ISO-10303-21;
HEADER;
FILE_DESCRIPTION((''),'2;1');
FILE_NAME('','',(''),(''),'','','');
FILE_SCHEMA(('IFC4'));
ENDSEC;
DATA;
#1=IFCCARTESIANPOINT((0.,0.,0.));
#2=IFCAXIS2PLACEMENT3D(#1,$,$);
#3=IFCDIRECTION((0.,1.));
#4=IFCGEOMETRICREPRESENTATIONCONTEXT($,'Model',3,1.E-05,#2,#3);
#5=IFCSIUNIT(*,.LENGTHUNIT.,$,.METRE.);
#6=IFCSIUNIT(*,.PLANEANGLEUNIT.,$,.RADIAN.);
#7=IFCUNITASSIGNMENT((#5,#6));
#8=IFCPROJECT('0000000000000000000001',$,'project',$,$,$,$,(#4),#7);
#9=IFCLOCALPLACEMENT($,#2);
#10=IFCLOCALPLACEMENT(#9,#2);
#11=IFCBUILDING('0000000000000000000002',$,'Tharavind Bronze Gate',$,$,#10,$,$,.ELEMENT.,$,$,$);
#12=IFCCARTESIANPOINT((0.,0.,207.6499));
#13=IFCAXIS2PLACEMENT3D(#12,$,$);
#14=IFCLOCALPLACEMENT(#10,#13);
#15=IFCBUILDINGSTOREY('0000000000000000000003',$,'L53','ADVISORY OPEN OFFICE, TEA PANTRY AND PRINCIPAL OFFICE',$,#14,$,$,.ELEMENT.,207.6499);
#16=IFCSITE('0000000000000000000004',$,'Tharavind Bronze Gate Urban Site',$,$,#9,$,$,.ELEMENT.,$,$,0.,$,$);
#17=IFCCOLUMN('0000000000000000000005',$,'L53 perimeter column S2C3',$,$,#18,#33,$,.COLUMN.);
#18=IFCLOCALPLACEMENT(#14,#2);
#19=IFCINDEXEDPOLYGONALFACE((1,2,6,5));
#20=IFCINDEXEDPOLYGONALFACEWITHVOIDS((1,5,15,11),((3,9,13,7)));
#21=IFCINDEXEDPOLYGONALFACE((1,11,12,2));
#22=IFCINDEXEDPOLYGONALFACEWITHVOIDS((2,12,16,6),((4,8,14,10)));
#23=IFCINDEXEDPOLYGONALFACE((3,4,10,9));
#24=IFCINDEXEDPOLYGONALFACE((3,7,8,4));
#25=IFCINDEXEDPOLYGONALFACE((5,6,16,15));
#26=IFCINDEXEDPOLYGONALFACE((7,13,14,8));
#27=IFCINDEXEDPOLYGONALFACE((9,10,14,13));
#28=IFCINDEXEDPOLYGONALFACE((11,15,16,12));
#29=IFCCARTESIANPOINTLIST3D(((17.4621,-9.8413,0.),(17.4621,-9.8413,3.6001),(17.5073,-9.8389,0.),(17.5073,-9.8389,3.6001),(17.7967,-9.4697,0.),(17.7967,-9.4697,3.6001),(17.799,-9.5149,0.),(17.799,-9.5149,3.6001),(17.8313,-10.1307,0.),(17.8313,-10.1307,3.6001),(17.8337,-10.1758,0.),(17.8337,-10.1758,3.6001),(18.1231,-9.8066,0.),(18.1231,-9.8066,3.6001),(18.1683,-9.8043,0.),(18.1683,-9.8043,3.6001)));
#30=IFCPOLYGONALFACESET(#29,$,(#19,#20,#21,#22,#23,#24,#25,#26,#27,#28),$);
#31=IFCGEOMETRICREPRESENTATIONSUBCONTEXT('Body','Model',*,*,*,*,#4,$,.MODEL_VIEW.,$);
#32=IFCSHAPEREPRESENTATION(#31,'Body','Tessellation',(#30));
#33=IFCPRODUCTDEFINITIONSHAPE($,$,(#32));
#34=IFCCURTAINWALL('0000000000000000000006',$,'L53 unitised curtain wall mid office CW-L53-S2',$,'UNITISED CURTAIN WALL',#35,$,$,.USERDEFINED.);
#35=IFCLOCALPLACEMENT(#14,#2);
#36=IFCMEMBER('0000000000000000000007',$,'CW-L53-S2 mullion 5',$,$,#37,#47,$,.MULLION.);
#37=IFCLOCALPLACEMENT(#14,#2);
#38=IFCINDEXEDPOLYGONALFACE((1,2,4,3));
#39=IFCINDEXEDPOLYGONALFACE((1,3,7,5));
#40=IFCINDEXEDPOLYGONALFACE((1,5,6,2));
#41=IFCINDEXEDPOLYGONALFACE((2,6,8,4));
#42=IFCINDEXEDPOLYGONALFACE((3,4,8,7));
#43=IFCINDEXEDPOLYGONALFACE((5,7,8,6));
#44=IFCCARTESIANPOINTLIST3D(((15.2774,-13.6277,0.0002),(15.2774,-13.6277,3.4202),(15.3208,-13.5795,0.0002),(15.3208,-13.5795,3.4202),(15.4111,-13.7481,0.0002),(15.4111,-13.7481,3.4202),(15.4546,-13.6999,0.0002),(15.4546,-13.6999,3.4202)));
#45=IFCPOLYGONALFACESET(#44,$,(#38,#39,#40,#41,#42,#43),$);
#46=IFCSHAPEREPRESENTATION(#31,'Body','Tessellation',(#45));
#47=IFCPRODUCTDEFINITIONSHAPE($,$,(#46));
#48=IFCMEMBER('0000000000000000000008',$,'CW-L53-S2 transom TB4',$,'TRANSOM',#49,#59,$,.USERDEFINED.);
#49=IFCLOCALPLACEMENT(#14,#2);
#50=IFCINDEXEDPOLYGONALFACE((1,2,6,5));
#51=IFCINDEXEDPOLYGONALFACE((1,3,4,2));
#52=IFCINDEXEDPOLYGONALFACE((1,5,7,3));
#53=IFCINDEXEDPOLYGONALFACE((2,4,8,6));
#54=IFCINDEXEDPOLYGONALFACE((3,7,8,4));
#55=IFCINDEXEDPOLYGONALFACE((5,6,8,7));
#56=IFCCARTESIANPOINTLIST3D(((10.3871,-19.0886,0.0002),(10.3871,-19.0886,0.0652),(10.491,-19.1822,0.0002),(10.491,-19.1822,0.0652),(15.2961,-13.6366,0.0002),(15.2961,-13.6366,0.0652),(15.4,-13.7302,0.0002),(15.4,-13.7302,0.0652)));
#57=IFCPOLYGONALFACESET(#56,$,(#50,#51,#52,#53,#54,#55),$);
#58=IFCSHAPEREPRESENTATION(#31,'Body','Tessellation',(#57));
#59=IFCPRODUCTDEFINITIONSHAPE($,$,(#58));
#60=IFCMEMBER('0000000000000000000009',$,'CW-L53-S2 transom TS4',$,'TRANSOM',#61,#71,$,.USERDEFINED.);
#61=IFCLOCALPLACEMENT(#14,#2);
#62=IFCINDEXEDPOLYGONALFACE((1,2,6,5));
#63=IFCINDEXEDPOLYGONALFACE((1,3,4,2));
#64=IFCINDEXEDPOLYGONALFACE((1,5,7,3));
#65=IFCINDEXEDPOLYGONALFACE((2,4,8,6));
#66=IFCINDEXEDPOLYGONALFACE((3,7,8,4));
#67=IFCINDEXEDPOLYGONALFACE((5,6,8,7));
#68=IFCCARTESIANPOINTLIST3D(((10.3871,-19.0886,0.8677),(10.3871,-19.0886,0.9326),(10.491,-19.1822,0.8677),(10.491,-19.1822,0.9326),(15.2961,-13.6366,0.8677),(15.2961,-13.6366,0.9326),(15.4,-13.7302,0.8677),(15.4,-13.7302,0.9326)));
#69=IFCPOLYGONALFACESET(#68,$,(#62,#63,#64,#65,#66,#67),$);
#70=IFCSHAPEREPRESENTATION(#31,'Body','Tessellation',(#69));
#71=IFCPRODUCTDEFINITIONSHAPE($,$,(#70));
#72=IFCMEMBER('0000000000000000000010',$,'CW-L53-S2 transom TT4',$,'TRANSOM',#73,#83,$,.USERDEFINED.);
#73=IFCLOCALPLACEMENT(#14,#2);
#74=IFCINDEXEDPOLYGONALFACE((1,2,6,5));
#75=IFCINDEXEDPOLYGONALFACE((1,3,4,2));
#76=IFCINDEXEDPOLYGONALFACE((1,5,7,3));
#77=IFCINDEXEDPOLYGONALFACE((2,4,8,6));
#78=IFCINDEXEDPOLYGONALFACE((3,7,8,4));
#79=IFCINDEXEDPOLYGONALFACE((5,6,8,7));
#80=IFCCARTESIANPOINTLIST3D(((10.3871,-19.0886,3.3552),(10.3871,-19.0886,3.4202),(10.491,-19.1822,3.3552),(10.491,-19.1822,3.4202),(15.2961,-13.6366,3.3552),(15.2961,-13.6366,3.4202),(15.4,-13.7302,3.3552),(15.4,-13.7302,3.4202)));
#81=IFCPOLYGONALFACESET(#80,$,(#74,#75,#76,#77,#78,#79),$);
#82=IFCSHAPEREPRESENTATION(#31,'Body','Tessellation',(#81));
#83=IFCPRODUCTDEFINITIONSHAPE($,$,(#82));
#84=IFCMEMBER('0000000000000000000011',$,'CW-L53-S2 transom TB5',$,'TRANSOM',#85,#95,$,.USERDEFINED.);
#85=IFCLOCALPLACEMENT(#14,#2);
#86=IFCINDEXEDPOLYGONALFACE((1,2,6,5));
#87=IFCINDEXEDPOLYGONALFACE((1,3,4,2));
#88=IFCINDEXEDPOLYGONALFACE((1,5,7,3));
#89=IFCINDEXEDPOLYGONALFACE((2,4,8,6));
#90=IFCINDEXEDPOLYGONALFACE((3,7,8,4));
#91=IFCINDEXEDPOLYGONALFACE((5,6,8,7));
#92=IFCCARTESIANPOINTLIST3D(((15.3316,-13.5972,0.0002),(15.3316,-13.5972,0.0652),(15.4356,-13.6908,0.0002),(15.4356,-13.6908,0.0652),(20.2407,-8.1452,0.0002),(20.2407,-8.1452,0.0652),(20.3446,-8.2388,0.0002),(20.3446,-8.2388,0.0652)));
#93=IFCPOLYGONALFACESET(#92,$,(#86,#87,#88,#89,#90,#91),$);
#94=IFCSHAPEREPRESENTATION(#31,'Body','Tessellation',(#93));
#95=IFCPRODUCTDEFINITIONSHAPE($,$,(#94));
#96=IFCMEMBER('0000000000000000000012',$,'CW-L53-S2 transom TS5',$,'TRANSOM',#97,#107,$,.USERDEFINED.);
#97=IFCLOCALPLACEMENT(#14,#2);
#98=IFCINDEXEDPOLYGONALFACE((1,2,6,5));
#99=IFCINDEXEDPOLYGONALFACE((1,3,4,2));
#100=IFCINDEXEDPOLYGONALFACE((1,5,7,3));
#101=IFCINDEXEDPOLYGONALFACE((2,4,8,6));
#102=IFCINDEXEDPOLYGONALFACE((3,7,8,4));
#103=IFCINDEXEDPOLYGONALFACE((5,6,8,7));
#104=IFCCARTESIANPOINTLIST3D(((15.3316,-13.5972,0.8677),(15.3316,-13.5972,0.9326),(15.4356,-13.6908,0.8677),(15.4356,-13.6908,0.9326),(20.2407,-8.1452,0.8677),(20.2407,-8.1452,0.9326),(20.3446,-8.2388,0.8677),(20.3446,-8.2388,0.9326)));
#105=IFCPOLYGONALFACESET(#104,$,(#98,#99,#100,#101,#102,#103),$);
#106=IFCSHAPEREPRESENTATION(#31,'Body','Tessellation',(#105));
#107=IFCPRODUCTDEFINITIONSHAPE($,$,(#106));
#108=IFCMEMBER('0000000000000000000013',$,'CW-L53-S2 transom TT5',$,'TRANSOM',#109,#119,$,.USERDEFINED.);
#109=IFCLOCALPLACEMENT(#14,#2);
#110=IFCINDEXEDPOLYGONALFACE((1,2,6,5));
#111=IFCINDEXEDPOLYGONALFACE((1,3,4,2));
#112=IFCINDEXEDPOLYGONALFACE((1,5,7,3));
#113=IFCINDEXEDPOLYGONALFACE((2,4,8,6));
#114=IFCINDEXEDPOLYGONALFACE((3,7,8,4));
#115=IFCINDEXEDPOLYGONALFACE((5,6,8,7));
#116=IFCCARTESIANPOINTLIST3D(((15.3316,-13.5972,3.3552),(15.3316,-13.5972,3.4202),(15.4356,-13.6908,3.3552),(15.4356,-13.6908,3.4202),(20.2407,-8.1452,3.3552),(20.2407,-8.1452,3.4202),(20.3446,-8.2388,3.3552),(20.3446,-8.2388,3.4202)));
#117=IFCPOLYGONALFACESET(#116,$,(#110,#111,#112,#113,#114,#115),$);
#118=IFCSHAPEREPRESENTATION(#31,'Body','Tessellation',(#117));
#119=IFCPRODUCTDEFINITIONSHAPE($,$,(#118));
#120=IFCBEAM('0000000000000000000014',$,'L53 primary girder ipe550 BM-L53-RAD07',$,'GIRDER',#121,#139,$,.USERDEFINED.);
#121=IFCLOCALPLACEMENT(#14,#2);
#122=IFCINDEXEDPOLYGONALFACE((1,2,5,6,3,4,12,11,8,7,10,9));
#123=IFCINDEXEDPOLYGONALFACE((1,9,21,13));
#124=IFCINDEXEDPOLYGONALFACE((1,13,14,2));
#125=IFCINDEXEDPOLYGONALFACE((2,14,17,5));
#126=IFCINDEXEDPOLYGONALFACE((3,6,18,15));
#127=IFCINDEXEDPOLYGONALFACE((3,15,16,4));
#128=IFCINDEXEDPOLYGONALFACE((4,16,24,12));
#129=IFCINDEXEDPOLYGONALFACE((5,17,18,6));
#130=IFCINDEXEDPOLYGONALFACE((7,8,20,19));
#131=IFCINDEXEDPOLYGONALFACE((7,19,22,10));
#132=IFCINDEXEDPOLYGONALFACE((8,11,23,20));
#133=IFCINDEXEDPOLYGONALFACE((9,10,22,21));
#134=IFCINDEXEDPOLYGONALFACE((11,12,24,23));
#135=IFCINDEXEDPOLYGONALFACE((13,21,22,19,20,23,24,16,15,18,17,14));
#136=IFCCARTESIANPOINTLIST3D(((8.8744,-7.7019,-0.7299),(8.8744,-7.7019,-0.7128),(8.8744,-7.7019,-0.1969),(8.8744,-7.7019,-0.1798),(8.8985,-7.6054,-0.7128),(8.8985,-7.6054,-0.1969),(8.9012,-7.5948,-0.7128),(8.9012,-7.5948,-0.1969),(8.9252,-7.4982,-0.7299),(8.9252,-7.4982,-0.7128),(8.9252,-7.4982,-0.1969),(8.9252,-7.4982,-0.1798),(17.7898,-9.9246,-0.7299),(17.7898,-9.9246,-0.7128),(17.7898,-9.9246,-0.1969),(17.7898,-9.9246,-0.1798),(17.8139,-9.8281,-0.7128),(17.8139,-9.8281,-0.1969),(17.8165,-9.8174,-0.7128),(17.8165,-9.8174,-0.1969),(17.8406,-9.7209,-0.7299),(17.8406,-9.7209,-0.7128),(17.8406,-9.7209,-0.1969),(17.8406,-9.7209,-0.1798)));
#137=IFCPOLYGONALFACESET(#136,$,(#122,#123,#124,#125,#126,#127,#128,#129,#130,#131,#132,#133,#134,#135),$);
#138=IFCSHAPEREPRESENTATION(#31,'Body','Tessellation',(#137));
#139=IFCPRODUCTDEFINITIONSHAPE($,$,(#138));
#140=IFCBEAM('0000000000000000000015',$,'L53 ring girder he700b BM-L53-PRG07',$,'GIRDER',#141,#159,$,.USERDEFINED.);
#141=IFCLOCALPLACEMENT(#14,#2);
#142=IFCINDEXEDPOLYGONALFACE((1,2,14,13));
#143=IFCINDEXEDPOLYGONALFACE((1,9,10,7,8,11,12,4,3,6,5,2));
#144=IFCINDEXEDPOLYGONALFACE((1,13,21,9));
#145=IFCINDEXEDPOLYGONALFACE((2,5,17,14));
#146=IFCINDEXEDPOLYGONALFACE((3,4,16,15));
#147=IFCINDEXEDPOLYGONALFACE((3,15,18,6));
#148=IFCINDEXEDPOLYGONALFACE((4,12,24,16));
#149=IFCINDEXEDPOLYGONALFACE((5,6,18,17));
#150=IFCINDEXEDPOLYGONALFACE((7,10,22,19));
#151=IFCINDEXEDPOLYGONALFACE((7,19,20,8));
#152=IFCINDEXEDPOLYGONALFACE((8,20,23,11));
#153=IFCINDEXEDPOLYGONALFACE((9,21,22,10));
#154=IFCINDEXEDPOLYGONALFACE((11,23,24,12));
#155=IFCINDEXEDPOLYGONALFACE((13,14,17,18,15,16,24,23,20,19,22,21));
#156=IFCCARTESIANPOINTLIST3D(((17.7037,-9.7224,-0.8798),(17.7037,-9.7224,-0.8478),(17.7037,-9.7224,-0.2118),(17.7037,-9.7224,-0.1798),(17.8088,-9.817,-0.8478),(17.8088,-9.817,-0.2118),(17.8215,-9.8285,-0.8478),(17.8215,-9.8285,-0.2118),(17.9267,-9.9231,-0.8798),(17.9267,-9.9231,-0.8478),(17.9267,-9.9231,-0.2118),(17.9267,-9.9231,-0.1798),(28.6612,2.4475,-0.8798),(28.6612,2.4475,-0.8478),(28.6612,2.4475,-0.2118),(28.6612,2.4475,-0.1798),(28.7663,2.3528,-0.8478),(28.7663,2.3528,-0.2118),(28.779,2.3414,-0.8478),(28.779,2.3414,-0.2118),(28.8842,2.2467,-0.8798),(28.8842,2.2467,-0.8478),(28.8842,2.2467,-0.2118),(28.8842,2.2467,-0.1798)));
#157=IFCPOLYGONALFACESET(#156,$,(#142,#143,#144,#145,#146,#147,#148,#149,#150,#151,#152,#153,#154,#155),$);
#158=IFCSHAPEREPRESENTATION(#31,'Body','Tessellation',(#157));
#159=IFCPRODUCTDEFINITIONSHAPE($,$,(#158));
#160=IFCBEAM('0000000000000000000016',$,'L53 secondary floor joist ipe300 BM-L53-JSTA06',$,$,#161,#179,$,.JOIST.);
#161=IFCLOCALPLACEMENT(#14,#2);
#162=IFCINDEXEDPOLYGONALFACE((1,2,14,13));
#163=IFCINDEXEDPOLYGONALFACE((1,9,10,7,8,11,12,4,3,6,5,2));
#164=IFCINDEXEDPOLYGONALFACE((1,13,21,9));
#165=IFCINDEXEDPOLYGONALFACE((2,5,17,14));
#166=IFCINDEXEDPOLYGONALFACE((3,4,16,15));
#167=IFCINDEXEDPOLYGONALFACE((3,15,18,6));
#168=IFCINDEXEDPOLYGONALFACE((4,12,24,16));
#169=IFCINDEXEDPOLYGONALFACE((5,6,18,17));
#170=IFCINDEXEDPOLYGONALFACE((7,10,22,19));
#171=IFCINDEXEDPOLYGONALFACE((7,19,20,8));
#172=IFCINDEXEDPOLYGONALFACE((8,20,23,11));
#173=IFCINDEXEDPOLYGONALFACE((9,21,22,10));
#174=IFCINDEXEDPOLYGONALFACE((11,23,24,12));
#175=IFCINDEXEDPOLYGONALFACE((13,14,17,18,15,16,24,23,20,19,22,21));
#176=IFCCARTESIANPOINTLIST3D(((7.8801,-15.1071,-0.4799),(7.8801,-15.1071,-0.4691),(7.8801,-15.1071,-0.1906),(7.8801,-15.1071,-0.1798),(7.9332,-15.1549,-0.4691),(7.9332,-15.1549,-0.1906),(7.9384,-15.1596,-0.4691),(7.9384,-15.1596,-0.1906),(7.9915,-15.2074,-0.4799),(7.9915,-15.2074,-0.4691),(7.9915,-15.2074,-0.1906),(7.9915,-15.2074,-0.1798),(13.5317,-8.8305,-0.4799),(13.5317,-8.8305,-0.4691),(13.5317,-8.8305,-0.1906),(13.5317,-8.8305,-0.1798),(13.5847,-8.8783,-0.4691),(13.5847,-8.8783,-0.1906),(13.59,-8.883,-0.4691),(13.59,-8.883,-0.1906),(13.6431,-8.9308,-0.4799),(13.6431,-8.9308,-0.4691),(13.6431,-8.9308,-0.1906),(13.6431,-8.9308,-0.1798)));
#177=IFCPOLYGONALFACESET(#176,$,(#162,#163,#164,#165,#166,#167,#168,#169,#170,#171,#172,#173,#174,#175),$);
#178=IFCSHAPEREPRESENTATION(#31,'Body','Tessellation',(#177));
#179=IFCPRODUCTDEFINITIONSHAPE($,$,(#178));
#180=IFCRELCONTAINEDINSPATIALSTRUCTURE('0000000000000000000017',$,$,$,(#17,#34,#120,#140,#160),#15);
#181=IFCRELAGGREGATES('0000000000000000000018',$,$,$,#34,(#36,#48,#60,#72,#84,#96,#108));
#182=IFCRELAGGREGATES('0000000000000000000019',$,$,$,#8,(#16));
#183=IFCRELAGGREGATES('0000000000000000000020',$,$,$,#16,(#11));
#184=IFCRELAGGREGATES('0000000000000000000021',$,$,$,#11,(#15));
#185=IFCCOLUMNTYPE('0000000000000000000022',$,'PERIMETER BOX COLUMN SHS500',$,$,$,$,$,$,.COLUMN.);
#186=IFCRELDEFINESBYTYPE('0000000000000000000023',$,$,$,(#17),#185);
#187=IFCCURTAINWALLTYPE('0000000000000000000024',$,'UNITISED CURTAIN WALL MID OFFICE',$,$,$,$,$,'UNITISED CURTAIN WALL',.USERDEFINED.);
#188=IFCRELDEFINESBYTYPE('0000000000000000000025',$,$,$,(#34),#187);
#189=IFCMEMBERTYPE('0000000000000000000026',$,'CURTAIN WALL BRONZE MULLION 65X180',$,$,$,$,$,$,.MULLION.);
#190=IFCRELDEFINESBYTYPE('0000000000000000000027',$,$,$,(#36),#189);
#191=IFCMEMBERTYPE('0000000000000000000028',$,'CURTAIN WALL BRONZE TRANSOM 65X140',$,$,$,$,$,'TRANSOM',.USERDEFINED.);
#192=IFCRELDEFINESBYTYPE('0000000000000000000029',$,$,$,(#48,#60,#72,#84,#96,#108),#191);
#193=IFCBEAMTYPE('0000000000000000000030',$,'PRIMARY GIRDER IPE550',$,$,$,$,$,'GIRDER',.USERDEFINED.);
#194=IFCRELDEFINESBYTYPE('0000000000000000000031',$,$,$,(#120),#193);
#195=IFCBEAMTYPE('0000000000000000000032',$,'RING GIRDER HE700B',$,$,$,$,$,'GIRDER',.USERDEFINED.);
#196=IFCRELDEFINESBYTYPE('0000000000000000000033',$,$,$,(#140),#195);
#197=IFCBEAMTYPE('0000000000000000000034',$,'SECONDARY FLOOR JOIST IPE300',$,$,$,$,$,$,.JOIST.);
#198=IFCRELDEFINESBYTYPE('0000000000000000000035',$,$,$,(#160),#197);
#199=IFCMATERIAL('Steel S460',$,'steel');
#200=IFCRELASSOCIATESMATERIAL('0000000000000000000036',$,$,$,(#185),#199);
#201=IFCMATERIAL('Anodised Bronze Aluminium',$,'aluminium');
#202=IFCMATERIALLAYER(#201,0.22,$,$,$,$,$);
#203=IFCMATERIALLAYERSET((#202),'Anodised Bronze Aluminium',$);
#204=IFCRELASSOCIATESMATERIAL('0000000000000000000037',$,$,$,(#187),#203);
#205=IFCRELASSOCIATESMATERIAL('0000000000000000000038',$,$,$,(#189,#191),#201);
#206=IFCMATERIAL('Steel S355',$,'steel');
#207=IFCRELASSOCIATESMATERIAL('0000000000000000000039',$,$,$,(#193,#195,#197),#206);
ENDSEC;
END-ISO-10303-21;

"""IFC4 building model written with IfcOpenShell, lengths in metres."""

from ifc_helpers import new_model, si_unit, direction, frame, origin, origin_2d, place, context, subcontext, project, spatial, rectangle, hollow_rectangle, i_section, extrude, material, layer, layer_set, material_profile, profile_set, type_object, element, aggregate, save


model = new_model("IFC4")

# Units and contexts
model_context = context("Model", 3, precision=1e-05, world=origin(), true_north=direction((0.0, 1.0)))
body_context = subcontext(model_context, "Body", "Model", "MODEL_VIEW")
ifc_project = project(units=[si_unit("LENGTHUNIT", "METRE"), si_unit("PLANEANGLEUNIT", "RADIAN")], contexts=[model_context])

# Site, building, storey
site_placement = place(None, origin())
site = spatial("IfcSite", under=ifc_project, at=site_placement, Name="Tharavind Bronze Gate Urban Site", CompositionType="ELEMENT", RefElevation=0.0)
building_placement = place(site_placement, origin())
building = spatial("IfcBuilding", under=site, at=building_placement, Name="Tharavind Bronze Gate", CompositionType="ELEMENT")
storey_placement = place(building_placement, frame((0.0, 0.0, 207.6499)))
storey = spatial("IfcBuildingStorey", under=building, at=storey_placement, Name="L53", Description="ADVISORY OPEN OFFICE, TEA PANTRY AND PRINCIPAL OFFICE", CompositionType="ELEMENT", Elevation=207.6499)

# Column
ifc_material_1 = material(Name="Steel S460", Category="steel")
ifc_material_profile_1 = material_profile(ifc_material_1, hollow_rectangle(XDim=0.5, YDim=0.5, WallThickness=0.032, at=origin_2d()), Name="SHS500X32")
ifc_profile_set_1 = profile_set([ifc_material_profile_1], Name="Steel S460")
column_type = type_object("IfcColumnType", Name="PERIMETER BOX COLUMN SHS500", PredefinedType="COLUMN", material=ifc_profile_set_1)
column_placement = place(storey_placement, frame((17.8152, -9.8228, 0.0), z_axis=(0.0, 0.0, 1.0), x_axis=(0.669131, 0.743145, 0.0)))
element("IfcColumn", 1, at=column_placement, inside=storey, type_object=column_type, Name="L53 perimeter column S2C3", PredefinedType="COLUMN", context=body_context, shape_type="SweptSolid", body=[
    extrude(hollow_rectangle(XDim=0.5, YDim=0.5, WallThickness=0.032, at=origin_2d()), origin(), (0.0, 0.0, 1.0), 3.6001),
])

# Curtain wall, members
ifc_material_2 = material(Name="Anodised Bronze Aluminium", Category="aluminium")
ifc_layer_1 = layer(ifc_material_2, 0.22)
ifc_layer_set_1 = layer_set([ifc_layer_1], Name="Anodised Bronze Aluminium")
curtain_wall_type = type_object("IfcCurtainWallType", Name="UNITISED CURTAIN WALL MID OFFICE", ElementType="UNITISED CURTAIN WALL", PredefinedType="USERDEFINED", material=ifc_layer_set_1)
curtain_wall_placement = place(storey_placement, origin())
curtain_wall = element("IfcCurtainWall", 2, at=curtain_wall_placement, inside=storey, type_object=curtain_wall_type, Name="L53 unitised curtain wall mid office CW-L53-S2", ObjectType="UNITISED CURTAIN WALL", PredefinedType="USERDEFINED")
member_type_1 = type_object("IfcMemberType", Name="CURTAIN WALL BRONZE MULLION 65X180", PredefinedType="MULLION", material=ifc_material_2)
member_1_placement = place(storey_placement, frame((15.366, -13.6638, 0.0002), z_axis=(0.0, 0.0, 1.0), x_axis=(0.669131, 0.743145, 0.0)))
member_1 = element("IfcMember", 3, at=member_1_placement, type_object=member_type_1, Name="CW-L53-S2 mullion 5", PredefinedType="MULLION", context=body_context, shape_type="SweptSolid", body=[
    extrude(rectangle(XDim=0.0649, YDim=0.1799, at=origin_2d()), origin(), (0.0, 0.0, 1.0), 3.4199),
])
member_type_2 = type_object("IfcMemberType", Name="CURTAIN WALL BRONZE TRANSOM 65X140", ElementType="TRANSOM", PredefinedType="USERDEFINED", material=ifc_material_2)
member_2_placement = place(storey_placement, frame((12.8936, -16.4094, 0.0002), z_axis=(0.0, 0.0, 1.0), x_axis=(0.669131, 0.743145, 0.0)))
member_2 = element("IfcMember", 4, at=member_2_placement, type_object=member_type_2, Name="CW-L53-S2 transom TB4", ObjectType="TRANSOM", PredefinedType="USERDEFINED", context=body_context, shape_type="SweptSolid", body=[
    extrude(rectangle(XDim=7.3364, YDim=0.1399, at=origin_2d()), origin(), (0.0, 0.0, 1.0), 0.0649),
])
member_3_placement = place(storey_placement, frame((12.8936, -16.4094, 0.8677), z_axis=(0.0, 0.0, 1.0), x_axis=(0.669131, 0.743145, 0.0)))
member_3 = element("IfcMember", 5, at=member_3_placement, type_object=member_type_2, Name="CW-L53-S2 transom TS4", ObjectType="TRANSOM", PredefinedType="USERDEFINED", context=body_context, shape_type="SweptSolid", body=[
    extrude(rectangle(XDim=7.3364, YDim=0.1399, at=origin_2d()), origin(), (0.0, 0.0, 1.0), 0.0649),
])
member_4_placement = place(storey_placement, frame((12.8936, -16.4094, 3.3552), z_axis=(0.0, 0.0, 1.0), x_axis=(0.669131, 0.743145, 0.0)))
member_4 = element("IfcMember", 6, at=member_4_placement, type_object=member_type_2, Name="CW-L53-S2 transom TT4", ObjectType="TRANSOM", PredefinedType="USERDEFINED", context=body_context, shape_type="SweptSolid", body=[
    extrude(rectangle(XDim=7.3364, YDim=0.1399, at=origin_2d()), origin(), (0.0, 0.0, 1.0), 0.0649),
])
member_5_placement = place(storey_placement, frame((17.8381, -10.918, 0.0002), z_axis=(0.0, 0.0, 1.0), x_axis=(0.669131, 0.743145, 0.0)))
member_5 = element("IfcMember", 7, at=member_5_placement, type_object=member_type_2, Name="CW-L53-S2 transom TB5", ObjectType="TRANSOM", PredefinedType="USERDEFINED", context=body_context, shape_type="SweptSolid", body=[
    extrude(rectangle(XDim=7.3364, YDim=0.1399, at=origin_2d()), origin(), (0.0, 0.0, 1.0), 0.0649),
])
member_6_placement = place(storey_placement, frame((17.8381, -10.918, 0.8677), z_axis=(0.0, 0.0, 1.0), x_axis=(0.669131, 0.743145, 0.0)))
member_6 = element("IfcMember", 8, at=member_6_placement, type_object=member_type_2, Name="CW-L53-S2 transom TS5", ObjectType="TRANSOM", PredefinedType="USERDEFINED", context=body_context, shape_type="SweptSolid", body=[
    extrude(rectangle(XDim=7.3364, YDim=0.1399, at=origin_2d()), origin(), (0.0, 0.0, 1.0), 0.0649),
])
member_7_placement = place(storey_placement, frame((17.8381, -10.918, 3.3552), z_axis=(0.0, 0.0, 1.0), x_axis=(0.669131, 0.743145, 0.0)))
member_7 = element("IfcMember", 9, at=member_7_placement, type_object=member_type_2, Name="CW-L53-S2 transom TT5", ObjectType="TRANSOM", PredefinedType="USERDEFINED", context=body_context, shape_type="SweptSolid", body=[
    extrude(rectangle(XDim=7.3364, YDim=0.1399, at=origin_2d()), origin(), (0.0, 0.0, 1.0), 0.0649),
])

# Beams
ifc_material_3 = material(Name="Steel S355", Category="steel")
ifc_material_profile_2 = material_profile(ifc_material_3, i_section(OverallWidth=0.21, OverallDepth=0.55, WebThickness=0.011, FlangeThickness=0.0171, at=origin_2d()), Name="IPE550")
ifc_profile_set_2 = profile_set([ifc_material_profile_2], Name="Steel S355")
beam_type_1 = type_object("IfcBeamType", Name="PRIMARY GIRDER IPE550", ElementType="GIRDER", PredefinedType="USERDEFINED", material=ifc_profile_set_2)
beam_1_placement = place(storey_placement, frame((17.8152, -9.8228, -0.4548), z_axis=(-0.9703, 0.241904, 0.0), x_axis=(-0.241904, -0.9703, 0.0)))
element("IfcBeam", 10, at=beam_1_placement, inside=storey, type_object=beam_type_1, Name="L53 primary girder ipe550 BM-L53-RAD07", ObjectType="GIRDER", PredefinedType="USERDEFINED", context=body_context, shape_type="SweptSolid", body=[
    extrude(i_section(OverallWidth=0.21, OverallDepth=0.55, WebThickness=0.011, FlangeThickness=0.0171, at=origin_2d()), origin(), (0.0, 0.0, 1.0), 9.1882),
])
ifc_material_profile_3 = material_profile(ifc_material_3, i_section(OverallWidth=0.3, OverallDepth=0.7, WebThickness=0.0171, FlangeThickness=0.032, at=origin_2d()), Name="HE700B")
ifc_profile_set_3 = profile_set([ifc_material_profile_3], Name="Steel S355")
beam_type_2 = type_object("IfcBeamType", Name="RING GIRDER HE700B", ElementType="GIRDER", PredefinedType="USERDEFINED", material=ifc_profile_set_3)
beam_2_placement = place(storey_placement, frame((17.8152, -9.8228, -0.5298), z_axis=(0.66912, 0.743155, 0.0), x_axis=(-0.743155, 0.66912, 0.0)))
element("IfcBeam", 11, at=beam_2_placement, inside=storey, type_object=beam_type_2, Name="L53 ring girder he700b BM-L53-PRG07", ObjectType="GIRDER", PredefinedType="USERDEFINED", context=body_context, shape_type="SweptSolid", body=[
    extrude(i_section(OverallWidth=0.3, OverallDepth=0.7, WebThickness=0.0171, FlangeThickness=0.032, at=origin_2d()), origin(), (0.0, 0.0, 1.0), 16.376),
])
ifc_material_profile_4 = material_profile(ifc_material_3, i_section(OverallWidth=0.1499, OverallDepth=0.3, WebThickness=0.0071, FlangeThickness=0.0107, at=origin_2d()), Name="IPE300")
ifc_profile_set_4 = profile_set([ifc_material_profile_4], Name="Steel S355")
beam_type_3 = type_object("IfcBeamType", Name="SECONDARY FLOOR JOIST IPE300", PredefinedType="JOIST", material=ifc_profile_set_4)
beam_3_placement = place(storey_placement, frame((7.9358, -15.1572, -0.3298), z_axis=(0.669139, 0.743137, 0.0), x_axis=(-0.743137, 0.669139, 0.0)))
element("IfcBeam", 12, at=beam_3_placement, inside=storey, type_object=beam_type_3, Name="L53 secondary floor joist ipe300 BM-L53-JSTA06", PredefinedType="JOIST", context=body_context, shape_type="SweptSolid", body=[
    extrude(i_section(OverallWidth=0.1499, OverallDepth=0.3, WebThickness=0.0071, FlangeThickness=0.0107, at=origin_2d()), origin(), (0.0, 0.0, 1.0), 8.446),
])

aggregate(curtain_wall, [member_1, member_2, member_3, member_4, member_5, member_6, member_7])

save(model, "model.ifc")
